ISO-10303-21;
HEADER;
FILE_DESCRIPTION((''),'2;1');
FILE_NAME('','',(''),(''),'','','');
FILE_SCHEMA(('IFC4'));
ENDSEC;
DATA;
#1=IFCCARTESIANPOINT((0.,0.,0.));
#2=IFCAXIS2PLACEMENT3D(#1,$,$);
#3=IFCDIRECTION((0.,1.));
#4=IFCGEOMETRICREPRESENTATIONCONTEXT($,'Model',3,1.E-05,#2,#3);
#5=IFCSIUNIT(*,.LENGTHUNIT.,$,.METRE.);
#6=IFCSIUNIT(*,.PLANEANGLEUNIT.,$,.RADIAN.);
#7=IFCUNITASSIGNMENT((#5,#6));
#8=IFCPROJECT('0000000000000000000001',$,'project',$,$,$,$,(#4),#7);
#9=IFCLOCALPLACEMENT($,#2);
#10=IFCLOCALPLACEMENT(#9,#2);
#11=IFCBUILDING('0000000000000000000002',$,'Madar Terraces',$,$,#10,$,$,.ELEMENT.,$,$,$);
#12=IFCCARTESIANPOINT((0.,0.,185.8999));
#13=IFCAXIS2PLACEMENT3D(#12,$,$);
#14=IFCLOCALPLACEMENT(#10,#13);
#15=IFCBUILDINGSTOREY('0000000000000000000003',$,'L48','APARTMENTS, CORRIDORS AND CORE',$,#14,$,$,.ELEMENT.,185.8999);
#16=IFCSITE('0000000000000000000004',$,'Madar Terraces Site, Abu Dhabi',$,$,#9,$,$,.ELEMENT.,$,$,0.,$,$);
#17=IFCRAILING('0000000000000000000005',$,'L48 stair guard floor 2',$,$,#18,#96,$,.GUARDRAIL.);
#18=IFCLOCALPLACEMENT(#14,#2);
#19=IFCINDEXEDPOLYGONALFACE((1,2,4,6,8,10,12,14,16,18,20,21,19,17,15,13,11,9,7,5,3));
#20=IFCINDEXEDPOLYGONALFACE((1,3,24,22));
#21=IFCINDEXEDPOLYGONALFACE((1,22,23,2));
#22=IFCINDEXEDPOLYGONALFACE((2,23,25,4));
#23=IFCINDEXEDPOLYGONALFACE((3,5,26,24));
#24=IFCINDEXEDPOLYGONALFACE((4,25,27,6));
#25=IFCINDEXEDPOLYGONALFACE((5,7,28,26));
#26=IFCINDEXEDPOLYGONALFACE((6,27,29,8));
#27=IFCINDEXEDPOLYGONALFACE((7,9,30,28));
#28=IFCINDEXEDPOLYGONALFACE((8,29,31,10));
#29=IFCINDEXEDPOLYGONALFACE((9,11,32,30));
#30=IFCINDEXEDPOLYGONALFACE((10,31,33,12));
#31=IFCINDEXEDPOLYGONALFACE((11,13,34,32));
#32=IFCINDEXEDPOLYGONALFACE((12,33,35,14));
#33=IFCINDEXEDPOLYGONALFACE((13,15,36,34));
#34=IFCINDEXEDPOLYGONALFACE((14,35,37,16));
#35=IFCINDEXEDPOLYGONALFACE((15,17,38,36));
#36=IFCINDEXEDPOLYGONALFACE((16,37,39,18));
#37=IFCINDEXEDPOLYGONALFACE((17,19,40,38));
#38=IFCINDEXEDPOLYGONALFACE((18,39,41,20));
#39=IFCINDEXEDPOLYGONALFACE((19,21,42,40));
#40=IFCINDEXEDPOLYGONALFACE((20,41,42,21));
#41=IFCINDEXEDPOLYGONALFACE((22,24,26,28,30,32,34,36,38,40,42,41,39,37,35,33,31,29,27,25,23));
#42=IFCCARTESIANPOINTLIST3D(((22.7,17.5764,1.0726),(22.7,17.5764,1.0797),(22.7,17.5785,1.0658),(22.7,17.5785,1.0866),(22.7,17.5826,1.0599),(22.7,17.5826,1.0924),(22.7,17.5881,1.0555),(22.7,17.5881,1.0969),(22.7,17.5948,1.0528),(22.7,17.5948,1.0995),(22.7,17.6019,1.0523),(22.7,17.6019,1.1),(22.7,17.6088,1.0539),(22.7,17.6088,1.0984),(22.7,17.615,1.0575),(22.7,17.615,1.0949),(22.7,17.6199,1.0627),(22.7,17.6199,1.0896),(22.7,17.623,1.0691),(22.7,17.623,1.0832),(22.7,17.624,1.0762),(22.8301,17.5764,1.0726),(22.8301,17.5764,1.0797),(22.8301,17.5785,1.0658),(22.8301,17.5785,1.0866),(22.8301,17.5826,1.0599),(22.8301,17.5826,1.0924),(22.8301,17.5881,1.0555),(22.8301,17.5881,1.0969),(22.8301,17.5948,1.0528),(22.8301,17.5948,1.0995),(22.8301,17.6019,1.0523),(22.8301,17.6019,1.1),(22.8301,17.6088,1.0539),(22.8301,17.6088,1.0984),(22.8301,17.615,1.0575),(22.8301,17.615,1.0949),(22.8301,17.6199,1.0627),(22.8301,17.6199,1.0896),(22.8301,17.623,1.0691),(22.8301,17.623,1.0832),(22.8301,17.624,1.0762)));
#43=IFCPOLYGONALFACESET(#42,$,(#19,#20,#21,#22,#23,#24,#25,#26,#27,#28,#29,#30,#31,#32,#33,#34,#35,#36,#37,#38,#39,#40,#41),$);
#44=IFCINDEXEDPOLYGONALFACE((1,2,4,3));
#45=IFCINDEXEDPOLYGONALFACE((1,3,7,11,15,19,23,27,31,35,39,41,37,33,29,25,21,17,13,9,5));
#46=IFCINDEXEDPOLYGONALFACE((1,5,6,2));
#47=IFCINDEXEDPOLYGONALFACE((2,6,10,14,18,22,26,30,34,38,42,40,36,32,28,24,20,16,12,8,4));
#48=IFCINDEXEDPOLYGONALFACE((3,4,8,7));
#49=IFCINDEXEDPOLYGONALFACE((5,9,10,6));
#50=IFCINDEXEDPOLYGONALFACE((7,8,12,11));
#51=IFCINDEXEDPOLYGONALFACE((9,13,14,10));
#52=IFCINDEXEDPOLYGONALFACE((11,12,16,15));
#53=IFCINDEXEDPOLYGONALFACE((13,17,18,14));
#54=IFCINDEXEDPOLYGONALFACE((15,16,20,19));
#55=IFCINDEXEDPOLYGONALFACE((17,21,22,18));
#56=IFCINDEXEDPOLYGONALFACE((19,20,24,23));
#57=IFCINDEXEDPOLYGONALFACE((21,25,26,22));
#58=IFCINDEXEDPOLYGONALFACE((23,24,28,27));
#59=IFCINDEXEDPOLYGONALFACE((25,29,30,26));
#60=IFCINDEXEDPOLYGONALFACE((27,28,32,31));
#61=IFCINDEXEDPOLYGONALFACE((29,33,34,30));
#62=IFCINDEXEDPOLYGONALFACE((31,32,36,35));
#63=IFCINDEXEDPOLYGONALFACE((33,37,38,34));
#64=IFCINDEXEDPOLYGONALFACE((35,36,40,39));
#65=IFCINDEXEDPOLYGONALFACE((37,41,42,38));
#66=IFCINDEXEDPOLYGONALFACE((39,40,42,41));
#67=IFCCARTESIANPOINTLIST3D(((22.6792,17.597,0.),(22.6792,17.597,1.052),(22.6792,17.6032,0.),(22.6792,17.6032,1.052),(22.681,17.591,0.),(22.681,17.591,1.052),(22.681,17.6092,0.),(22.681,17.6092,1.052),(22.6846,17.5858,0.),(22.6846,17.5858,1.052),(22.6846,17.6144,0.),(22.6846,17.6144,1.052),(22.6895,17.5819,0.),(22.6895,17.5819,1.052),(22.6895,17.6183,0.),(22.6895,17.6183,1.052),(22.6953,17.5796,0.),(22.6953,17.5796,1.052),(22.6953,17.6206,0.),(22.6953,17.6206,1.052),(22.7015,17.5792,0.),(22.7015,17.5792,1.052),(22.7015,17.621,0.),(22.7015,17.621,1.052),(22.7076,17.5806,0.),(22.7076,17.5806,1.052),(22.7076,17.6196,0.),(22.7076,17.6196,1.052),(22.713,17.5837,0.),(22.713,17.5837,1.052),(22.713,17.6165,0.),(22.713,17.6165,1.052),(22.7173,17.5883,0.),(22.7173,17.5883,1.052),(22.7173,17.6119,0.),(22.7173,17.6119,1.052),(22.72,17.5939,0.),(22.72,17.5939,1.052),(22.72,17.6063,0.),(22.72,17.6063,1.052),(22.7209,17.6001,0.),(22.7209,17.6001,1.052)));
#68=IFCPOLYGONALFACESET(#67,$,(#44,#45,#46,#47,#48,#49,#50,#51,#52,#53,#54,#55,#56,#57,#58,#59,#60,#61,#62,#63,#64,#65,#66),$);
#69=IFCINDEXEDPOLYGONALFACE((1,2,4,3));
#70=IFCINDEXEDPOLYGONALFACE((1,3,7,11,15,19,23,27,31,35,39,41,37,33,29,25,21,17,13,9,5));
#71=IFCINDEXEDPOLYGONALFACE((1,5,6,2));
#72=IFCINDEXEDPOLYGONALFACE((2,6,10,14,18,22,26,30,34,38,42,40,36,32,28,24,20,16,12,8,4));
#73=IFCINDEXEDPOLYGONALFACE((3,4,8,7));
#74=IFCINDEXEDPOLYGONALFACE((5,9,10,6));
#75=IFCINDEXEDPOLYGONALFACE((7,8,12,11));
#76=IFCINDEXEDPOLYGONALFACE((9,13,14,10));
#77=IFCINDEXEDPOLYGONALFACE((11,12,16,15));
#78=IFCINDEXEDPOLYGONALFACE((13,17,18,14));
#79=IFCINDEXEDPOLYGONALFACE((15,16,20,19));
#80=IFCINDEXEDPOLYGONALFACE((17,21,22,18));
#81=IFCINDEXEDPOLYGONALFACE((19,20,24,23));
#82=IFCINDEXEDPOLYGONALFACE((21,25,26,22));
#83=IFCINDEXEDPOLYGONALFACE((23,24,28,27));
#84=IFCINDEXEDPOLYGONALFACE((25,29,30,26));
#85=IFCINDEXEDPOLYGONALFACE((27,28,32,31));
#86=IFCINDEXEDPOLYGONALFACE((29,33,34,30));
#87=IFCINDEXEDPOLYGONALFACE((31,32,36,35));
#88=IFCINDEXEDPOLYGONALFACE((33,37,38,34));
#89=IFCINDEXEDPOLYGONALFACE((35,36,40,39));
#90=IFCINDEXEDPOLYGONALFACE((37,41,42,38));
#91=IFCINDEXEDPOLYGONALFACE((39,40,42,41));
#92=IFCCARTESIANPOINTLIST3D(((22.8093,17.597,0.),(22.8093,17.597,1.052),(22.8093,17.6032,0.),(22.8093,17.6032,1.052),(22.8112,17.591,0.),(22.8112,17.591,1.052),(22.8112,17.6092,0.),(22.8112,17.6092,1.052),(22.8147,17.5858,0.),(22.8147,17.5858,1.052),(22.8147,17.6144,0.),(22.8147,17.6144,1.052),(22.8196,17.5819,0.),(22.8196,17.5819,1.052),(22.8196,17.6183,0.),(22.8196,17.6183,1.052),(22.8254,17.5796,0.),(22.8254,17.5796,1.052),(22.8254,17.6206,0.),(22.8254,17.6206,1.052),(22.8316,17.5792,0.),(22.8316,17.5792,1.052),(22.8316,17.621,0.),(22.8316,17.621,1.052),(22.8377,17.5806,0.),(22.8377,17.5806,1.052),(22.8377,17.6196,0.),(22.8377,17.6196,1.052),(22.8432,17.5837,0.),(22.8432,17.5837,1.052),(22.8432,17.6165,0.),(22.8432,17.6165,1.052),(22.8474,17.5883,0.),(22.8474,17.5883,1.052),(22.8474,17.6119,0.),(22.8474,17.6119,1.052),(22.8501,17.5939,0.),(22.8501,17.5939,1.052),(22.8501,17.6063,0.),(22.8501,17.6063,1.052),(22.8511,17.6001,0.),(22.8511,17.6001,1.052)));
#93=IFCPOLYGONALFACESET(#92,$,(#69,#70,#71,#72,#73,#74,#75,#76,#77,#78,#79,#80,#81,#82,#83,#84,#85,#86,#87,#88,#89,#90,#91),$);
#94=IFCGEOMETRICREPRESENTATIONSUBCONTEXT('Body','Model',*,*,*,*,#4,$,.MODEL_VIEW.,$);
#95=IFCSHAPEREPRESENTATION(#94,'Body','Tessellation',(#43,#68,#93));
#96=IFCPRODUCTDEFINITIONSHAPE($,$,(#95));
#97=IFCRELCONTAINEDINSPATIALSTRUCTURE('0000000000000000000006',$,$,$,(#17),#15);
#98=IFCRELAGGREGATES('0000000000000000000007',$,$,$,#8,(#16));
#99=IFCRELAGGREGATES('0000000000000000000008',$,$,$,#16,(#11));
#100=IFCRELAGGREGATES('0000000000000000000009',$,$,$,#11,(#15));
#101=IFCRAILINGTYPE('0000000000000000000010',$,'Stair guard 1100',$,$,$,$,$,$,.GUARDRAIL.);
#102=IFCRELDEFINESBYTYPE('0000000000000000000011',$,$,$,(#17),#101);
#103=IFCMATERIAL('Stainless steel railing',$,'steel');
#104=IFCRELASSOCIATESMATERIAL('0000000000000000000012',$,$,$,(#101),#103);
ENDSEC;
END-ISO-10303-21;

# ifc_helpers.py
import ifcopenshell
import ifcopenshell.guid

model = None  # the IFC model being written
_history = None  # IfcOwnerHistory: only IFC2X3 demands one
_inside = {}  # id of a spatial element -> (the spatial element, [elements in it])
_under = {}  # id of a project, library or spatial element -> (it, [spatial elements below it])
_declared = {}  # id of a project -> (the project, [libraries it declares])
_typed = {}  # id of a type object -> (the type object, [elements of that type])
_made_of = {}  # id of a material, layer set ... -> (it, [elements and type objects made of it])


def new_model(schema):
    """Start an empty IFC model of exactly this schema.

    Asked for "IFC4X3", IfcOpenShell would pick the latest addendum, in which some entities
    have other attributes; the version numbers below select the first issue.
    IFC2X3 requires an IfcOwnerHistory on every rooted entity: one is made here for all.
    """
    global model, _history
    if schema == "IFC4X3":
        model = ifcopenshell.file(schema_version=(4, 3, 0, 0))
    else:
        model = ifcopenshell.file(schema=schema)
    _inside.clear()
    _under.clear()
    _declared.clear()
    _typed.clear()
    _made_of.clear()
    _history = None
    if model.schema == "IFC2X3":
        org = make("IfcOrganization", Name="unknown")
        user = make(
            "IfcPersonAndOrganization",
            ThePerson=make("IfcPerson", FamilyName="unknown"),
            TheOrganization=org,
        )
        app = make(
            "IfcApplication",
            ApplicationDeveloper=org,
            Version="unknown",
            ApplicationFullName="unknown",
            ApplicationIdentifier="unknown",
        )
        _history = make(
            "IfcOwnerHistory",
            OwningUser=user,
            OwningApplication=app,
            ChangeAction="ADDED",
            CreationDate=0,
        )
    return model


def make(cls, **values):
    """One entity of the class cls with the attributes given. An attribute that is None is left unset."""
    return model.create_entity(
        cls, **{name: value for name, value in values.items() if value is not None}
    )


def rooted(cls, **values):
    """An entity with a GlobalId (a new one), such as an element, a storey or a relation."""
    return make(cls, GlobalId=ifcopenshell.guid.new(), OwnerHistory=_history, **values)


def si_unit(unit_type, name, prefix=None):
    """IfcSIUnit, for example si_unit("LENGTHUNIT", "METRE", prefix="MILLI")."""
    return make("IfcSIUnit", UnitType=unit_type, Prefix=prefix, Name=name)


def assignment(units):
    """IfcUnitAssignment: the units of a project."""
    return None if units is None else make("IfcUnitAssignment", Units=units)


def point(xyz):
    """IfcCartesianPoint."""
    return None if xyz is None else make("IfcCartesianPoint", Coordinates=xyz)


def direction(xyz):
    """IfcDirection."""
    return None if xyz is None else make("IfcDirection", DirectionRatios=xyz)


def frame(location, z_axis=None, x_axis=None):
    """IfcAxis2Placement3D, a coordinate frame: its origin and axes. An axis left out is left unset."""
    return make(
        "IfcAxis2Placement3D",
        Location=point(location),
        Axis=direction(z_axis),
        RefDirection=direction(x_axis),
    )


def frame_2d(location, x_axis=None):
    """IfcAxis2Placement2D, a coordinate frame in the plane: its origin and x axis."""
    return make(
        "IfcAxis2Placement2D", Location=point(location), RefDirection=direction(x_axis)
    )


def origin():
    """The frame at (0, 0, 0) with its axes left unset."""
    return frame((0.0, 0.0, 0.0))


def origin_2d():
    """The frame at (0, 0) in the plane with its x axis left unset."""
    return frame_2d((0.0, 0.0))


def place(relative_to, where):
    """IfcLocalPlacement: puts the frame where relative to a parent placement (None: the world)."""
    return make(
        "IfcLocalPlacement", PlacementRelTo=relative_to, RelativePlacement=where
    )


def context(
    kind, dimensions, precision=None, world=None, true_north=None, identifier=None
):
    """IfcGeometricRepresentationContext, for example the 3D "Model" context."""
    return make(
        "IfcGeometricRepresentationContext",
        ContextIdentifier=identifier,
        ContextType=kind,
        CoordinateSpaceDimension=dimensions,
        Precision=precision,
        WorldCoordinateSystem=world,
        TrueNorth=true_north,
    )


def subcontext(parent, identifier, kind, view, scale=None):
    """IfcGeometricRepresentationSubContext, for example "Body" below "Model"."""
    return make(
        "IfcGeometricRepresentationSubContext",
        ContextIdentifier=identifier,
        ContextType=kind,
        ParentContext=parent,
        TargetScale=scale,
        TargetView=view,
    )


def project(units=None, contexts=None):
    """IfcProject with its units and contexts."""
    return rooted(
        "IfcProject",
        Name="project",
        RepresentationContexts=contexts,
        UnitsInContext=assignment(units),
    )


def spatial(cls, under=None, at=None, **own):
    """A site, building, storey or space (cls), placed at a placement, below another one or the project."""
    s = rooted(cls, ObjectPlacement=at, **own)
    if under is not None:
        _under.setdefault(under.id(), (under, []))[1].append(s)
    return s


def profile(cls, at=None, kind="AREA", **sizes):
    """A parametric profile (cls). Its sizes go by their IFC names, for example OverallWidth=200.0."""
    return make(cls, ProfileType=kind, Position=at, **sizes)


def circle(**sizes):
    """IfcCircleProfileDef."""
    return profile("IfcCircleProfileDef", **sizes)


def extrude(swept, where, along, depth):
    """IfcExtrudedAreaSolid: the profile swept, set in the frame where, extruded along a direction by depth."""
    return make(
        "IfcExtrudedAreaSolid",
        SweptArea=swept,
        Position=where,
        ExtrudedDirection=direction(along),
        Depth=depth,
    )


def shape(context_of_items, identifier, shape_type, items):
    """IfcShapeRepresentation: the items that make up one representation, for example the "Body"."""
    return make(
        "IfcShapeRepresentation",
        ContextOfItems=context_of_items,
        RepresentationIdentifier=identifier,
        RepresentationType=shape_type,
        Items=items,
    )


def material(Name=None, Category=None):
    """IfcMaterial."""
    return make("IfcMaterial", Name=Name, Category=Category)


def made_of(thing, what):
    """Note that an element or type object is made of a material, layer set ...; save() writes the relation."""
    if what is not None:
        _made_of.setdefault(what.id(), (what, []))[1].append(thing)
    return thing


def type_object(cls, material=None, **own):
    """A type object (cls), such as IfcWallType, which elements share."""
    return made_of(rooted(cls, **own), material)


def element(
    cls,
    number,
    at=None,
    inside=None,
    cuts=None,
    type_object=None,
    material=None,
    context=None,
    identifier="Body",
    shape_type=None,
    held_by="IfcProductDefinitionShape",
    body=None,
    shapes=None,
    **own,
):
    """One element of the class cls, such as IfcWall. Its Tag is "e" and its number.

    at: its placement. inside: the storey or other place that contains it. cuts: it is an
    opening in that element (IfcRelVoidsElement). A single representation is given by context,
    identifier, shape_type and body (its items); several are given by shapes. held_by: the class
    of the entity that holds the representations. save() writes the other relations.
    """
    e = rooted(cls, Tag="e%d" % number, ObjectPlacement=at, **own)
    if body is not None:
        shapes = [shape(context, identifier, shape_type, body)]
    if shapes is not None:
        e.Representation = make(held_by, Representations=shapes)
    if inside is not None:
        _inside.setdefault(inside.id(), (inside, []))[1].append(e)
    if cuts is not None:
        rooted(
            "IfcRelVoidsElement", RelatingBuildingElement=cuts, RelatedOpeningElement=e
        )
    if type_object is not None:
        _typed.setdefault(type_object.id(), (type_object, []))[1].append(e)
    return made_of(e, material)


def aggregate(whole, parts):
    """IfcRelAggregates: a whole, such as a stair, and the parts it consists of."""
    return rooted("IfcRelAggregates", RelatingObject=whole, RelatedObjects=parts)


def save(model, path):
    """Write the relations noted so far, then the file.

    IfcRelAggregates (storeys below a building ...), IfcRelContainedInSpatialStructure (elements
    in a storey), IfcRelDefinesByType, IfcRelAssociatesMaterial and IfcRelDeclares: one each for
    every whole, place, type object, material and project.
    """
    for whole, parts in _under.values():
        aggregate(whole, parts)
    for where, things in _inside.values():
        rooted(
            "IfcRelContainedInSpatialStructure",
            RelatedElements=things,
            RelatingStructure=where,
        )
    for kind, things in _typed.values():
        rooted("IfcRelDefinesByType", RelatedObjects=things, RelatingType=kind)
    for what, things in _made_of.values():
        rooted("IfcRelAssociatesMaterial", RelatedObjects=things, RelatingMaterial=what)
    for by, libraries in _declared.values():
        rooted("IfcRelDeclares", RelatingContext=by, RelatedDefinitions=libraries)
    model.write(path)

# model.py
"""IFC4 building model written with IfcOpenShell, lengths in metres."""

from ifc_helpers import new_model, si_unit, direction, frame, origin, origin_2d, place, context, subcontext, project, spatial, circle, extrude, material, type_object, element, save


model = new_model("IFC4")

# Units and contexts
model_context = context("Model", 3, precision=1e-05, world=origin(), true_north=direction((0.0, 1.0)))
body_context = subcontext(model_context, "Body", "Model", "MODEL_VIEW")
ifc_project = project(units=[si_unit("LENGTHUNIT", "METRE"), si_unit("PLANEANGLEUNIT", "RADIAN")], contexts=[model_context])

# Site, building, storey
site_placement = place(None, origin())
site = spatial("IfcSite", under=ifc_project, at=site_placement, Name="Madar Terraces Site, Abu Dhabi", CompositionType="ELEMENT", RefElevation=0.0)
building_placement = place(site_placement, origin())
building = spatial("IfcBuilding", under=site, at=building_placement, Name="Madar Terraces", CompositionType="ELEMENT")
storey_placement = place(building_placement, frame((0.0, 0.0, 185.8999)))
storey = spatial("IfcBuildingStorey", under=building, at=storey_placement, Name="L48", Description="APARTMENTS, CORRIDORS AND CORE", CompositionType="ELEMENT", Elevation=185.8999)

# Railing
ifc_material_1 = material(Name="Stainless steel railing", Category="steel")
railing_type_1 = type_object("IfcRailingType", Name="Stair guard 1100", PredefinedType="GUARDRAIL", material=ifc_material_1)
railing_1_placement = place(storey_placement, frame((22.7, 17.6001, 0.0)))
element("IfcRailing", 1, at=railing_1_placement, inside=storey, type_object=railing_type_1, Name="L48 stair guard floor 2", PredefinedType="GUARDRAIL", context=body_context, shape_type="SweptSolid", body=[
    extrude(circle(Radius=0.0239, at=origin_2d()), frame((0.0, 0.0, 1.0762), z_axis=(1.0, 0.0, 0.0), x_axis=(0.0, 1.0, 0.0)), (0.0, 0.0, 1.0), 0.1301),
    extrude(circle(Radius=0.021, at=origin_2d()), origin(), (0.0, 0.0, 1.0), 1.052),
    extrude(circle(Radius=0.021, at=origin_2d()), frame((0.1301, 0.0, 0.0)), (0.0, 0.0, 1.0), 1.052),
])

save(model, "model.ifc")
